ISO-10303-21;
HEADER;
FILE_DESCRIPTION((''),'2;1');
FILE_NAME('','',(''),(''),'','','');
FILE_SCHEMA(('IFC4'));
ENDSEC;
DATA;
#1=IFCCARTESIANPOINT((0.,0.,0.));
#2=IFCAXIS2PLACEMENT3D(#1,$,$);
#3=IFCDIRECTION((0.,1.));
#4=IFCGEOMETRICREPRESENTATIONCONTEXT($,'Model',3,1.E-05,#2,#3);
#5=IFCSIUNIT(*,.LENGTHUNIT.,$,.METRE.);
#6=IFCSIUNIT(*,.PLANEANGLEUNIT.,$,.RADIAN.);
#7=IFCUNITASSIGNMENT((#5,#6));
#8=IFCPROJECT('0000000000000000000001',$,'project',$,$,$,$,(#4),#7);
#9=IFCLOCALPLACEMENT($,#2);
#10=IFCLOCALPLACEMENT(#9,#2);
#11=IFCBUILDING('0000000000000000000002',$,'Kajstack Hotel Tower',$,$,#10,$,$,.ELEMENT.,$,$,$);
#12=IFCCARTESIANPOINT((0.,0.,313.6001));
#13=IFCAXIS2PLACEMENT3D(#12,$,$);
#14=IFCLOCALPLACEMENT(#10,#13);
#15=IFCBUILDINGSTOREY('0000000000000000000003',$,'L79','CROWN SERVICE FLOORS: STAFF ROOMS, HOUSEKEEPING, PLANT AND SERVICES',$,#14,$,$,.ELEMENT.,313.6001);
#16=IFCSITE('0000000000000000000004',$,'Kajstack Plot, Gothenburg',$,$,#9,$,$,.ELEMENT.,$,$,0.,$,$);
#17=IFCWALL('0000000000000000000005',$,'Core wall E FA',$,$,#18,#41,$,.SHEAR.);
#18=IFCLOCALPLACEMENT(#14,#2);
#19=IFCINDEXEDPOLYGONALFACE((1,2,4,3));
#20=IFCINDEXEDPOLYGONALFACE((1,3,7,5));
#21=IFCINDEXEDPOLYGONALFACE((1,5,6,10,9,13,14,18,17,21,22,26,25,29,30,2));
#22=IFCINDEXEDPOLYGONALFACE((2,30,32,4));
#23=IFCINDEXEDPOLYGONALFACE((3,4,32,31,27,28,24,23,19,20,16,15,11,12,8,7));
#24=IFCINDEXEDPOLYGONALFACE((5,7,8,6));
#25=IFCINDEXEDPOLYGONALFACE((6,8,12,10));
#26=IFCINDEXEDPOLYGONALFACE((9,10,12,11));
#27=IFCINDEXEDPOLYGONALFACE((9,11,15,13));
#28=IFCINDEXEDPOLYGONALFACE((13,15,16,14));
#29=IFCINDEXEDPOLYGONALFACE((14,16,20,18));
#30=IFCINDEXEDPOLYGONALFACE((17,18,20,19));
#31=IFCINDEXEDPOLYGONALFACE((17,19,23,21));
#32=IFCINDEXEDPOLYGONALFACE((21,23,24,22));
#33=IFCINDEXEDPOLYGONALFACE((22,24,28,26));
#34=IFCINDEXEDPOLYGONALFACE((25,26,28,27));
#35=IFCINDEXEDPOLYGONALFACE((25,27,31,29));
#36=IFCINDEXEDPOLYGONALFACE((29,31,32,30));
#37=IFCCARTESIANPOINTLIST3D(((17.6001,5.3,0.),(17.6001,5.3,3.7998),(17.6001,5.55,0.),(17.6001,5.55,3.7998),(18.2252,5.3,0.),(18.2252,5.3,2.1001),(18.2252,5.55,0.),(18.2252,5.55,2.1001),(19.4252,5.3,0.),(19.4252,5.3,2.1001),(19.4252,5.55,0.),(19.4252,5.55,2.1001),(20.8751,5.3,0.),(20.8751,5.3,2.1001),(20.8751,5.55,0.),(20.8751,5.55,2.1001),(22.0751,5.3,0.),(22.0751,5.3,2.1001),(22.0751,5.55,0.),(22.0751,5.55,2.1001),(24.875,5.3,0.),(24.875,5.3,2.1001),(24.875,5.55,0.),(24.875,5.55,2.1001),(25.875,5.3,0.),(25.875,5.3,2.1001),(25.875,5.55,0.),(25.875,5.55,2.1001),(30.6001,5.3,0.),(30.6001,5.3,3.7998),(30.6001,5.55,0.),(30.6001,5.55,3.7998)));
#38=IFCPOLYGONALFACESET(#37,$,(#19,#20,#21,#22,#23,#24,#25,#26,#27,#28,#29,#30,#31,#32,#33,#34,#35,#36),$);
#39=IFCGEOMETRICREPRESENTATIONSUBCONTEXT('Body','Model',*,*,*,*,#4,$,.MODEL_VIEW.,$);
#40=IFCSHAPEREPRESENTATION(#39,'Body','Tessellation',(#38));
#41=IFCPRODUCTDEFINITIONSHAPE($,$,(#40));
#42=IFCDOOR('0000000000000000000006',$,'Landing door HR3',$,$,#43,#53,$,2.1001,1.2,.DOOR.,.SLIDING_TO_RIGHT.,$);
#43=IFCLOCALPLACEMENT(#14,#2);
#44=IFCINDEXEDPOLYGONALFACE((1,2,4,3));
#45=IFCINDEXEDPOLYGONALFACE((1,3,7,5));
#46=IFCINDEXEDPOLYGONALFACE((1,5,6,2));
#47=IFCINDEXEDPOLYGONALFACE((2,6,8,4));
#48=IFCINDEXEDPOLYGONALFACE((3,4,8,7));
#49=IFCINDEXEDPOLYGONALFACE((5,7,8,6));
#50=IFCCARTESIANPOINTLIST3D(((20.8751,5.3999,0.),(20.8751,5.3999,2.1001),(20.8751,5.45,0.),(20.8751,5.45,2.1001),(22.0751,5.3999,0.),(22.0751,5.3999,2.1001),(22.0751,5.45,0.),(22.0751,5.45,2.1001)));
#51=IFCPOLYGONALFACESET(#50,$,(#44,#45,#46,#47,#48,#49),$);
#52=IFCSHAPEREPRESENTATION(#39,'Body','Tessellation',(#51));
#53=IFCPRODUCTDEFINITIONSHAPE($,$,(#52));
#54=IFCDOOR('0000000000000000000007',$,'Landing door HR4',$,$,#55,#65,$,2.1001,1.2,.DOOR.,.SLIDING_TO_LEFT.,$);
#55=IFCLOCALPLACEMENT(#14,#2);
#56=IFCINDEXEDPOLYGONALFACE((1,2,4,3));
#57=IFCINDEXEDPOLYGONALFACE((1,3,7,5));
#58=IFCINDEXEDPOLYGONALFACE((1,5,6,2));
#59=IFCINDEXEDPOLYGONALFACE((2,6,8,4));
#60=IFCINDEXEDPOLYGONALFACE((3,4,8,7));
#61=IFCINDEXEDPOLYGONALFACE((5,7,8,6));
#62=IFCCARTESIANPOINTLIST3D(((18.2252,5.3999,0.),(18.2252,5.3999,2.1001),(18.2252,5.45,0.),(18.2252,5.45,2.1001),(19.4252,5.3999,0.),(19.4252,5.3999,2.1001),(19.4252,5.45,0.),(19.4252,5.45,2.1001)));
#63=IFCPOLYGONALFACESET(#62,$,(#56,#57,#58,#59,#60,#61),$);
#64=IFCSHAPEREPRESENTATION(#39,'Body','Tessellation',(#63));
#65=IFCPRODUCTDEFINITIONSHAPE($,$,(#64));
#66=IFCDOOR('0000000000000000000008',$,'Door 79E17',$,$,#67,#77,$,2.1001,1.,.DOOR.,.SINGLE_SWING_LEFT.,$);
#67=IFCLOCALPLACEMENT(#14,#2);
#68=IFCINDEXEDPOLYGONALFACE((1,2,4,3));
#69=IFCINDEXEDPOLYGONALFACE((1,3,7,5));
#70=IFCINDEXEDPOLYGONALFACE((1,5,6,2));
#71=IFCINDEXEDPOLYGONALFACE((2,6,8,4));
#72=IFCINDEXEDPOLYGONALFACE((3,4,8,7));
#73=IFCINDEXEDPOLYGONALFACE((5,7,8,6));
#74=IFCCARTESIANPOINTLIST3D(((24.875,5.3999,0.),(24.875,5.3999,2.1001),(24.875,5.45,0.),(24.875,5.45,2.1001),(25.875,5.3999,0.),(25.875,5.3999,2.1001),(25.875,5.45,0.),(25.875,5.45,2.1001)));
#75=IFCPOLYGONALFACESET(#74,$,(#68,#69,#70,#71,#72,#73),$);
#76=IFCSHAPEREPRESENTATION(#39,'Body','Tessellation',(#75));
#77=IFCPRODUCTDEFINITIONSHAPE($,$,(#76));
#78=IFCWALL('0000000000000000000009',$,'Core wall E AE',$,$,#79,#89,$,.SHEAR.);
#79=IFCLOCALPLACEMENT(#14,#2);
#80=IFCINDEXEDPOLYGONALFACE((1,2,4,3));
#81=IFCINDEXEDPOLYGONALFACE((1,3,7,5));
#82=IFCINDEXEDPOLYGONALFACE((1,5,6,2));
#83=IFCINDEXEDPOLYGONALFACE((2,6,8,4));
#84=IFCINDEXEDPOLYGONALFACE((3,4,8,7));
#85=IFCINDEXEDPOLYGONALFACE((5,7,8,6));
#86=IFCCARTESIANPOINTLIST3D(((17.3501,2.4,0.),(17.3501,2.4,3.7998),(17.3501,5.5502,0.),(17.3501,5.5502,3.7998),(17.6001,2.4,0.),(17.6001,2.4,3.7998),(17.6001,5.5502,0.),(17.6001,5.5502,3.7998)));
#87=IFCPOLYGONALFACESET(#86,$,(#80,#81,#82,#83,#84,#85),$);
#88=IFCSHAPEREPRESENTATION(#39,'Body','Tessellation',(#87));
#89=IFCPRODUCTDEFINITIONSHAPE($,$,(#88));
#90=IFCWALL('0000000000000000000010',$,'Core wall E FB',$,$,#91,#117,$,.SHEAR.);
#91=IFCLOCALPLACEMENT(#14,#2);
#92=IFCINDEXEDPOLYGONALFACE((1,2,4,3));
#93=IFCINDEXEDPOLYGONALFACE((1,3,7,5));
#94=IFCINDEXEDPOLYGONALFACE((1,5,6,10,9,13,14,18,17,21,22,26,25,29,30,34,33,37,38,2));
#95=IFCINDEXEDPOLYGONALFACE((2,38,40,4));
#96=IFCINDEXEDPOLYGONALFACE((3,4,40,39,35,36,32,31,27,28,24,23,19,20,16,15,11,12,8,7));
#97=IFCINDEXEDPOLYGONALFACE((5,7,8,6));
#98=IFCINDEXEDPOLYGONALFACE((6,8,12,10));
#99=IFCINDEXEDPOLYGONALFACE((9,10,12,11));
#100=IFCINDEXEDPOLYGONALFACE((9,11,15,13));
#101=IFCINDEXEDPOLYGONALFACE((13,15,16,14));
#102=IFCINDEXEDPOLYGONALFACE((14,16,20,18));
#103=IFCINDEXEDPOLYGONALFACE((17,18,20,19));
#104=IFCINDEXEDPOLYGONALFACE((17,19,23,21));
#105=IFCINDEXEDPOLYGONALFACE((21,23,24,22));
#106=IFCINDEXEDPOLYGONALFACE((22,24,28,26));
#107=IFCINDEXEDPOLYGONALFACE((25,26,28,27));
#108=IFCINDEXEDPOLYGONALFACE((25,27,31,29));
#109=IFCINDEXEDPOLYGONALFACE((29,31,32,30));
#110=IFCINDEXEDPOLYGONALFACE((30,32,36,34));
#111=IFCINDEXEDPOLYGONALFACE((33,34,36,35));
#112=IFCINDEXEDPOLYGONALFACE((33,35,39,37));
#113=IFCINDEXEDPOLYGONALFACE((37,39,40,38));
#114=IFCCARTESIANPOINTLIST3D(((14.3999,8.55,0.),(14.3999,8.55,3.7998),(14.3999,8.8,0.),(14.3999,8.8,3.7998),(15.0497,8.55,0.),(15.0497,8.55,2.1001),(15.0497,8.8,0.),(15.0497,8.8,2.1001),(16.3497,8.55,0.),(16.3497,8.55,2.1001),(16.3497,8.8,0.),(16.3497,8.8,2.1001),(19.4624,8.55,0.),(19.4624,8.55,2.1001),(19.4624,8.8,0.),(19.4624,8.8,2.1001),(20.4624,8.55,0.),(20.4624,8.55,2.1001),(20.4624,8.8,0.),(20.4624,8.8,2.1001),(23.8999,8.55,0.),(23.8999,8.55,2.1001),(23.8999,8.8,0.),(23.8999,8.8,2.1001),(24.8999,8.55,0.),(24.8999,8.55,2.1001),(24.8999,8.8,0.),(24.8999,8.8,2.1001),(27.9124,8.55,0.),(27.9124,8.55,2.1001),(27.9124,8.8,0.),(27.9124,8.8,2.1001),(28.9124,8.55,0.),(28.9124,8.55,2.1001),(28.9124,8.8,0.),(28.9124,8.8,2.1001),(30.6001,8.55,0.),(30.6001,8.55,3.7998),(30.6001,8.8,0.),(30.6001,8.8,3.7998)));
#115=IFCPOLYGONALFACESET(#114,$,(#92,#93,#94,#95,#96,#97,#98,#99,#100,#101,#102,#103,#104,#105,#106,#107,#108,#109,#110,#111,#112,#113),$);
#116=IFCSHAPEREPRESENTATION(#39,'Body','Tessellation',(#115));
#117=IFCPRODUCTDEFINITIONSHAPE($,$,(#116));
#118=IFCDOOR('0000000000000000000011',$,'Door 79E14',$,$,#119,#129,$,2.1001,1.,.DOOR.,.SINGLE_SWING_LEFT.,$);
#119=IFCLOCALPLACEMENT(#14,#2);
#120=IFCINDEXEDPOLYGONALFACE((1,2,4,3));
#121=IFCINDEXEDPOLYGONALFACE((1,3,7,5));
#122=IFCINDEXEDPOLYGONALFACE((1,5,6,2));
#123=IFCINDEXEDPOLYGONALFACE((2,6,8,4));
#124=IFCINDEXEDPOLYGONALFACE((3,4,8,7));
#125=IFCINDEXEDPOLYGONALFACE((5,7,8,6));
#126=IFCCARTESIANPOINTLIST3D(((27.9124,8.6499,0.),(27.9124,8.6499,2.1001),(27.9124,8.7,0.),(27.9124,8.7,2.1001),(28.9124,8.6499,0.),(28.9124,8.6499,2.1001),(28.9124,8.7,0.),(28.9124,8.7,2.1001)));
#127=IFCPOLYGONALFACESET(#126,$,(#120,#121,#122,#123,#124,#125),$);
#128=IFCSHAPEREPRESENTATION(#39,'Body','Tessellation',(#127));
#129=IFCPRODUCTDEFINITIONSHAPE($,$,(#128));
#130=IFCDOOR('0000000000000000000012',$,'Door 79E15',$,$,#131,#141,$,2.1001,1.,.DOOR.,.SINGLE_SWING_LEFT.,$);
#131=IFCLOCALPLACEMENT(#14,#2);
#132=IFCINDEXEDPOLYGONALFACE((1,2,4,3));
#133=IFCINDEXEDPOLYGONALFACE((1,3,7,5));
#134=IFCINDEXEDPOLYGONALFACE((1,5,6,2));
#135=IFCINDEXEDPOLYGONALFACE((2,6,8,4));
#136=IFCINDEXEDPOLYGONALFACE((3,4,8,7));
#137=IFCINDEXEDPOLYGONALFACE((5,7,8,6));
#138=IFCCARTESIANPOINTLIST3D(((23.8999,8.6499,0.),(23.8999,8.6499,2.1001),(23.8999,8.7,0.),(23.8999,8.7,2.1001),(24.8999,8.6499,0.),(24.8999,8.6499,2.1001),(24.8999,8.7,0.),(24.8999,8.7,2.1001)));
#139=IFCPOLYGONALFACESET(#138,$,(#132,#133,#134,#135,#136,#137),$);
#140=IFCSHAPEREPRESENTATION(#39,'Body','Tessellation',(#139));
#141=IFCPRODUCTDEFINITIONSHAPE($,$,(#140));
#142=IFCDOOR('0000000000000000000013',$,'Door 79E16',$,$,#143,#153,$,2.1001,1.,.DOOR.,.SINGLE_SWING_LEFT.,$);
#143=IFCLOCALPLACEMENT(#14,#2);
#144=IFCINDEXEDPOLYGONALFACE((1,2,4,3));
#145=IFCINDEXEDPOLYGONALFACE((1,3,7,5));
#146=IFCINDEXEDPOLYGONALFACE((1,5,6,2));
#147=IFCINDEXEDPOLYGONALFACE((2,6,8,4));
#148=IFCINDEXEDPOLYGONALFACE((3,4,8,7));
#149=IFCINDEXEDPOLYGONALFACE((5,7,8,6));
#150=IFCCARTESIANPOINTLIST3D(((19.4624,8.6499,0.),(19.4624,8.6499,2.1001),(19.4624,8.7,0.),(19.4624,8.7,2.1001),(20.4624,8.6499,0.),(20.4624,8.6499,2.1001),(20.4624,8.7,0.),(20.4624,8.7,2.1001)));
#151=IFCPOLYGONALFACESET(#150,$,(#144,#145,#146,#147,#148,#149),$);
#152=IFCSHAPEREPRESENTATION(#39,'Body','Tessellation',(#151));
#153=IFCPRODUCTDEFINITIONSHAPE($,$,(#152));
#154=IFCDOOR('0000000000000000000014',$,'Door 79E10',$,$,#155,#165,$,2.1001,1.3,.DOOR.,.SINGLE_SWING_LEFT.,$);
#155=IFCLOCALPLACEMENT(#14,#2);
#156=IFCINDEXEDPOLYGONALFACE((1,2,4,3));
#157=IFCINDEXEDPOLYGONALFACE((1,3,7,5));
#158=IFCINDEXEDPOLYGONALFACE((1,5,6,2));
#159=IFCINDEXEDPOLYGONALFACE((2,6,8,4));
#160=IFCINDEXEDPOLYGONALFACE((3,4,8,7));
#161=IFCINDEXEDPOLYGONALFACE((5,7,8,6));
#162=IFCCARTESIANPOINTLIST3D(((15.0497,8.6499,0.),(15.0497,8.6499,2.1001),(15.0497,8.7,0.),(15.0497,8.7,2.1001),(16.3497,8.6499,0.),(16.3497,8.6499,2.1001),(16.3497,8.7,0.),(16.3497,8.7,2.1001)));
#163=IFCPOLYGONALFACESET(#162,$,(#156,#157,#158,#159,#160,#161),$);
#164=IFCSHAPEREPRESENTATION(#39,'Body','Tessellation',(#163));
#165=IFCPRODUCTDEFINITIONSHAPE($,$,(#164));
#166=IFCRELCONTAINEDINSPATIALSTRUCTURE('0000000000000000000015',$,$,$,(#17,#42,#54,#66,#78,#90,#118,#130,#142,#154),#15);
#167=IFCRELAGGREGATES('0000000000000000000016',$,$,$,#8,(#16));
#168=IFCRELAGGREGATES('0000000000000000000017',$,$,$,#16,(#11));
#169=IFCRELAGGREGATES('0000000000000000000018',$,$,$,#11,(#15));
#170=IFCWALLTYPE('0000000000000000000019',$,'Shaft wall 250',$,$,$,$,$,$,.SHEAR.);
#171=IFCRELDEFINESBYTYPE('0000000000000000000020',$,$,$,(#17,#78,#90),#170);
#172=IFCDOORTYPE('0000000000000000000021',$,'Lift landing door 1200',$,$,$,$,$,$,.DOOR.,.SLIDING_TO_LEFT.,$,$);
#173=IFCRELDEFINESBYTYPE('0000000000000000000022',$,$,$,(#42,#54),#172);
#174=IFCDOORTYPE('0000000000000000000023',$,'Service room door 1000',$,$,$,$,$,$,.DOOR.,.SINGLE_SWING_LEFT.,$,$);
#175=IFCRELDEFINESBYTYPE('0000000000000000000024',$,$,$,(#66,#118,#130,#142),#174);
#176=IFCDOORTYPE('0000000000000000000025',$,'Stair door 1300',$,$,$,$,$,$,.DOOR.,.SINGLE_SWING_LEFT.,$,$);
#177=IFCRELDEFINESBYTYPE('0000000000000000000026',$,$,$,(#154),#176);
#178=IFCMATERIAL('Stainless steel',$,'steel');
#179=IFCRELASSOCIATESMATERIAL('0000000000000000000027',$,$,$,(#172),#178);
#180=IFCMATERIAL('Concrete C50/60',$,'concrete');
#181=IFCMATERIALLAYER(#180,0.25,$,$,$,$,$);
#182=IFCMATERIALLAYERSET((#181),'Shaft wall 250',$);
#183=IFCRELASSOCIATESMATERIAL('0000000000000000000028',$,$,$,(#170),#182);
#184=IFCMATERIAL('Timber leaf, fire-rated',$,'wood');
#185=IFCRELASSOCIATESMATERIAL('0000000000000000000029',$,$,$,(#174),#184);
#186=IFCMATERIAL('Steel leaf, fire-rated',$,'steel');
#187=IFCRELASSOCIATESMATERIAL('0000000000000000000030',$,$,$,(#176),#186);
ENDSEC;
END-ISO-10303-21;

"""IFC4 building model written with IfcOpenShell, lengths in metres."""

from ifc_helpers import new_model, si_unit, direction, frame, frame_2d, origin, place, context, subcontext, project, spatial, rectangle, extrude, material, layer, layer_set, type_object, element, fill, save


model = new_model("IFC4")

# Units and contexts
model_context = context("Model", 3, precision=1e-05, world=origin(), true_north=direction((0.0, 1.0)))
body_context = subcontext(model_context, "Body", "Model", "MODEL_VIEW")
ifc_project = project(units=[si_unit("LENGTHUNIT", "METRE"), si_unit("PLANEANGLEUNIT", "RADIAN")], contexts=[model_context])

# Site, building, storey
site_placement = place(None, origin())
site = spatial("IfcSite", under=ifc_project, at=site_placement, Name="Kajstack Plot, Gothenburg", CompositionType="ELEMENT", RefElevation=0.0)
building_placement = place(site_placement, origin())
building = spatial("IfcBuilding", under=site, at=building_placement, Name="Kajstack Hotel Tower", CompositionType="ELEMENT")
storey_placement = place(building_placement, frame((0.0, 0.0, 313.6001)))
storey = spatial("IfcBuildingStorey", under=building, at=storey_placement, Name="L79", Description="CROWN SERVICE FLOORS: STAFF ROOMS, HOUSEKEEPING, PLANT AND SERVICES", CompositionType="ELEMENT", Elevation=313.6001)

# Shared definitions
ifc_material_1 = material(Name="Stainless steel", Category="steel")
door_type_1 = type_object("IfcDoorType", Name="Lift landing door 1200", OperationType="SLIDING_TO_LEFT", PredefinedType="DOOR", material=ifc_material_1)

# Wall, openings, doors
ifc_material_2 = material(Name="Concrete C50/60", Category="concrete")
ifc_layer_1 = layer(ifc_material_2, 0.25)
ifc_layer_set_1 = layer_set([ifc_layer_1], Name="Shaft wall 250")
wall_type_1 = type_object("IfcWallType", Name="Shaft wall 250", PredefinedType="SHEAR", material=ifc_layer_set_1)
wall_1_placement = place(storey_placement, frame((17.6001, 5.425, 0.0), z_axis=(0.0, 0.0, 1.0), x_axis=(1.0, 0.0, 0.0)))
wall_1 = element("IfcWall", 1, at=wall_1_placement, inside=storey, type_object=wall_type_1, Name="Core wall E FA", PredefinedType="SHEAR", context=body_context, shape_type="SweptSolid", body=[
    extrude(rectangle(XDim=13.0, YDim=0.25, at=frame_2d((6.5, 0.0))), origin(), (0.0, 0.0, 1.0), 3.7998),
])
opening_1_placement = place(wall_1_placement, frame((3.2749, 0.0, 0.0)))
opening_1 = element("IfcOpeningElement", 2, at=opening_1_placement, cuts=wall_1, PredefinedType="OPENING", context=body_context, shape_type="SweptSolid", body=[
    extrude(rectangle(XDim=1.2, YDim=2.1001, at=frame_2d((0.6001, 1.05))), frame((0.0, 0.135, 0.0), z_axis=(0.0, -1.0, 0.0), x_axis=(1.0, 0.0, 0.0)), (0.0, 0.0, 1.0), 0.27),
])
opening_2_placement = place(wall_1_placement, frame((0.625, 0.0, 0.0)))
opening_2 = element("IfcOpeningElement", 3, at=opening_2_placement, cuts=wall_1, PredefinedType="OPENING", context=body_context, shape_type="SweptSolid", body=[
    extrude(rectangle(XDim=1.2, YDim=2.1001, at=frame_2d((0.6001, 1.05))), frame((0.0, 0.135, 0.0), z_axis=(0.0, -1.0, 0.0), x_axis=(1.0, 0.0, 0.0)), (0.0, 0.0, 1.0), 0.27),
])
opening_3_placement = place(wall_1_placement, frame((7.2749, 0.0, 0.0)))
opening_3 = element("IfcOpeningElement", 4, at=opening_3_placement, cuts=wall_1, PredefinedType="OPENING", context=body_context, shape_type="SweptSolid", body=[
    extrude(rectangle(XDim=1.0, YDim=2.1001, at=frame_2d((0.5, 1.05))), frame((0.0, 0.135, 0.0), z_axis=(0.0, -1.0, 0.0), x_axis=(1.0, 0.0, 0.0)), (0.0, 0.0, 1.0), 0.27),
])
door_1_placement = place(opening_1_placement, origin())
door_1 = element("IfcDoor", 5, at=door_1_placement, inside=storey, type_object=door_type_1, Name="Landing door HR3", OperationType="SLIDING_TO_RIGHT", OverallHeight=2.1001, OverallWidth=1.2, PredefinedType="DOOR", context=body_context, shape_type="SweptSolid", body=[
    extrude(rectangle(XDim=1.2, YDim=2.1001, at=frame_2d((0.6001, 1.05))), frame((0.0, 0.0249, 0.0), z_axis=(0.0, -1.0, 0.0), x_axis=(1.0, 0.0, 0.0)), (0.0, 0.0, 1.0), 0.05),
])
fill(opening_1, door_1)
door_2_placement = place(opening_2_placement, origin())
door_2 = element("IfcDoor", 6, at=door_2_placement, inside=storey, type_object=door_type_1, Name="Landing door HR4", OperationType="SLIDING_TO_LEFT", OverallHeight=2.1001, OverallWidth=1.2, PredefinedType="DOOR", context=body_context, shape_type="SweptSolid", body=[
    extrude(rectangle(XDim=1.2, YDim=2.1001, at=frame_2d((0.6001, 1.05))), frame((0.0, 0.0249, 0.0), z_axis=(0.0, -1.0, 0.0), x_axis=(1.0, 0.0, 0.0)), (0.0, 0.0, 1.0), 0.05),
])
fill(opening_2, door_2)
ifc_material_3 = material(Name="Timber leaf, fire-rated", Category="wood")
door_type_2 = type_object("IfcDoorType", Name="Service room door 1000", OperationType="SINGLE_SWING_LEFT", PredefinedType="DOOR", material=ifc_material_3)
door_3_placement = place(opening_3_placement, origin())
door_3 = element("IfcDoor", 7, at=door_3_placement, inside=storey, type_object=door_type_2, Name="Door 79E17", OperationType="SINGLE_SWING_LEFT", OverallHeight=2.1001, OverallWidth=1.0, PredefinedType="DOOR", context=body_context, shape_type="SweptSolid", body=[
    extrude(rectangle(XDim=1.0, YDim=2.1001, at=frame_2d((0.5, 1.05))), frame((0.0, 0.0249, 0.0), z_axis=(0.0, -1.0, 0.0), x_axis=(1.0, 0.0, 0.0)), (0.0, 0.0, 1.0), 0.05),
])
fill(opening_3, door_3)

# Wall
wall_2_placement = place(storey_placement, frame((17.4751, 2.3999, 0.0), z_axis=(0.0, 0.0, 1.0), x_axis=(0.0, 1.0, 0.0)))
element("IfcWall", 8, at=wall_2_placement, inside=storey, type_object=wall_type_1, Name="Core wall E AE", PredefinedType="SHEAR", context=body_context, shape_type="SweptSolid", body=[
    extrude(rectangle(XDim=3.1501, YDim=0.25, at=frame_2d((1.5752, 0.0))), origin(), (0.0, 0.0, 1.0), 3.7998),
])

# Wall, openings, doors
wall_3_placement = place(storey_placement, frame((14.3999, 8.675, 0.0), z_axis=(0.0, 0.0, 1.0), x_axis=(1.0, 0.0, 0.0)))
wall_3 = element("IfcWall", 9, at=wall_3_placement, inside=storey, type_object=wall_type_1, Name="Core wall E FB", PredefinedType="SHEAR", context=body_context, shape_type="SweptSolid", body=[
    extrude(rectangle(XDim=16.2002, YDim=0.25, at=frame_2d((8.1001, 0.0))), origin(), (0.0, 0.0, 1.0), 3.7998),
])
opening_4_placement = place(wall_3_placement, frame((0.6499, 0.0, 0.0)))
opening_4 = element("IfcOpeningElement", 10, at=opening_4_placement, cuts=wall_3, PredefinedType="OPENING", context=body_context, shape_type="SweptSolid", body=[
    extrude(rectangle(XDim=1.3, YDim=2.1001, at=frame_2d((0.6499, 1.05))), frame((0.0, 0.135, 0.0), z_axis=(0.0, -1.0, 0.0), x_axis=(1.0, 0.0, 0.0)), (0.0, 0.0, 1.0), 0.27),
])
opening_5_placement = place(wall_3_placement, frame((13.5125, 0.0, 0.0)))
opening_5 = element("IfcOpeningElement", 11, at=opening_5_placement, cuts=wall_3, PredefinedType="OPENING", context=body_context, shape_type="SweptSolid", body=[
    extrude(rectangle(XDim=1.0, YDim=2.1001, at=frame_2d((0.5, 1.05))), frame((0.0, 0.135, 0.0), z_axis=(0.0, -1.0, 0.0), x_axis=(1.0, 0.0, 0.0)), (0.0, 0.0, 1.0), 0.27),
])
opening_6_placement = place(wall_3_placement, frame((9.5, 0.0, 0.0)))
opening_6 = element("IfcOpeningElement", 12, at=opening_6_placement, cuts=wall_3, PredefinedType="OPENING", context=body_context, shape_type="SweptSolid", body=[
    extrude(rectangle(XDim=1.0, YDim=2.1001, at=frame_2d((0.5, 1.05))), frame((0.0, 0.135, 0.0), z_axis=(0.0, -1.0, 0.0), x_axis=(1.0, 0.0, 0.0)), (0.0, 0.0, 1.0), 0.27),
])
opening_7_placement = place(wall_3_placement, frame((5.0625, 0.0, 0.0)))
opening_7 = element("IfcOpeningElement", 13, at=opening_7_placement, cuts=wall_3, PredefinedType="OPENING", context=body_context, shape_type="SweptSolid", body=[
    extrude(rectangle(XDim=1.0, YDim=2.1001, at=frame_2d((0.5, 1.05))), frame((0.0, 0.135, 0.0), z_axis=(0.0, -1.0, 0.0), x_axis=(1.0, 0.0, 0.0)), (0.0, 0.0, 1.0), 0.27),
])
door_4_placement = place(opening_5_placement, origin())
door_4 = element("IfcDoor", 14, at=door_4_placement, inside=storey, type_object=door_type_2, Name="Door 79E14", OperationType="SINGLE_SWING_LEFT", OverallHeight=2.1001, OverallWidth=1.0, PredefinedType="DOOR", context=body_context, shape_type="SweptSolid", body=[
    extrude(rectangle(XDim=1.0, YDim=2.1001, at=frame_2d((0.5, 1.05))), frame((0.0, 0.0249, 0.0), z_axis=(0.0, -1.0, 0.0), x_axis=(1.0, 0.0, 0.0)), (0.0, 0.0, 1.0), 0.05),
])
fill(opening_5, door_4)
door_5_placement = place(opening_6_placement, origin())
door_5 = element("IfcDoor", 15, at=door_5_placement, inside=storey, type_object=door_type_2, Name="Door 79E15", OperationType="SINGLE_SWING_LEFT", OverallHeight=2.1001, OverallWidth=1.0, PredefinedType="DOOR", context=body_context, shape_type="SweptSolid", body=[
    extrude(rectangle(XDim=1.0, YDim=2.1001, at=frame_2d((0.5, 1.05))), frame((0.0, 0.0249, 0.0), z_axis=(0.0, -1.0, 0.0), x_axis=(1.0, 0.0, 0.0)), (0.0, 0.0, 1.0), 0.05),
])
fill(opening_6, door_5)
door_6_placement = place(opening_7_placement, origin())
door_6 = element("IfcDoor", 16, at=door_6_placement, inside=storey, type_object=door_type_2, Name="Door 79E16", OperationType="SINGLE_SWING_LEFT", OverallHeight=2.1001, OverallWidth=1.0, PredefinedType="DOOR", context=body_context, shape_type="SweptSolid", body=[
    extrude(rectangle(XDim=1.0, YDim=2.1001, at=frame_2d((0.5, 1.05))), frame((0.0, 0.0249, 0.0), z_axis=(0.0, -1.0, 0.0), x_axis=(1.0, 0.0, 0.0)), (0.0, 0.0, 1.0), 0.05),
])
fill(opening_7, door_6)
ifc_material_4 = material(Name="Steel leaf, fire-rated", Category="steel")
door_type_3 = type_object("IfcDoorType", Name="Stair door 1300", OperationType="SINGLE_SWING_LEFT", PredefinedType="DOOR", material=ifc_material_4)
door_7_placement = place(opening_4_placement, origin())
door_7 = element("IfcDoor", 17, at=door_7_placement, inside=storey, type_object=door_type_3, Name="Door 79E10", OperationType="SINGLE_SWING_LEFT", OverallHeight=2.1001, OverallWidth=1.3, PredefinedType="DOOR", context=body_context, shape_type="SweptSolid", body=[
    extrude(rectangle(XDim=1.3, YDim=2.1001, at=frame_2d((0.6499, 1.05))), frame((0.0, 0.0249, 0.0), z_axis=(0.0, -1.0, 0.0), x_axis=(1.0, 0.0, 0.0)), (0.0, 0.0, 1.0), 0.05),
])
fill(opening_4, door_7)

save(model, "model.ifc")
